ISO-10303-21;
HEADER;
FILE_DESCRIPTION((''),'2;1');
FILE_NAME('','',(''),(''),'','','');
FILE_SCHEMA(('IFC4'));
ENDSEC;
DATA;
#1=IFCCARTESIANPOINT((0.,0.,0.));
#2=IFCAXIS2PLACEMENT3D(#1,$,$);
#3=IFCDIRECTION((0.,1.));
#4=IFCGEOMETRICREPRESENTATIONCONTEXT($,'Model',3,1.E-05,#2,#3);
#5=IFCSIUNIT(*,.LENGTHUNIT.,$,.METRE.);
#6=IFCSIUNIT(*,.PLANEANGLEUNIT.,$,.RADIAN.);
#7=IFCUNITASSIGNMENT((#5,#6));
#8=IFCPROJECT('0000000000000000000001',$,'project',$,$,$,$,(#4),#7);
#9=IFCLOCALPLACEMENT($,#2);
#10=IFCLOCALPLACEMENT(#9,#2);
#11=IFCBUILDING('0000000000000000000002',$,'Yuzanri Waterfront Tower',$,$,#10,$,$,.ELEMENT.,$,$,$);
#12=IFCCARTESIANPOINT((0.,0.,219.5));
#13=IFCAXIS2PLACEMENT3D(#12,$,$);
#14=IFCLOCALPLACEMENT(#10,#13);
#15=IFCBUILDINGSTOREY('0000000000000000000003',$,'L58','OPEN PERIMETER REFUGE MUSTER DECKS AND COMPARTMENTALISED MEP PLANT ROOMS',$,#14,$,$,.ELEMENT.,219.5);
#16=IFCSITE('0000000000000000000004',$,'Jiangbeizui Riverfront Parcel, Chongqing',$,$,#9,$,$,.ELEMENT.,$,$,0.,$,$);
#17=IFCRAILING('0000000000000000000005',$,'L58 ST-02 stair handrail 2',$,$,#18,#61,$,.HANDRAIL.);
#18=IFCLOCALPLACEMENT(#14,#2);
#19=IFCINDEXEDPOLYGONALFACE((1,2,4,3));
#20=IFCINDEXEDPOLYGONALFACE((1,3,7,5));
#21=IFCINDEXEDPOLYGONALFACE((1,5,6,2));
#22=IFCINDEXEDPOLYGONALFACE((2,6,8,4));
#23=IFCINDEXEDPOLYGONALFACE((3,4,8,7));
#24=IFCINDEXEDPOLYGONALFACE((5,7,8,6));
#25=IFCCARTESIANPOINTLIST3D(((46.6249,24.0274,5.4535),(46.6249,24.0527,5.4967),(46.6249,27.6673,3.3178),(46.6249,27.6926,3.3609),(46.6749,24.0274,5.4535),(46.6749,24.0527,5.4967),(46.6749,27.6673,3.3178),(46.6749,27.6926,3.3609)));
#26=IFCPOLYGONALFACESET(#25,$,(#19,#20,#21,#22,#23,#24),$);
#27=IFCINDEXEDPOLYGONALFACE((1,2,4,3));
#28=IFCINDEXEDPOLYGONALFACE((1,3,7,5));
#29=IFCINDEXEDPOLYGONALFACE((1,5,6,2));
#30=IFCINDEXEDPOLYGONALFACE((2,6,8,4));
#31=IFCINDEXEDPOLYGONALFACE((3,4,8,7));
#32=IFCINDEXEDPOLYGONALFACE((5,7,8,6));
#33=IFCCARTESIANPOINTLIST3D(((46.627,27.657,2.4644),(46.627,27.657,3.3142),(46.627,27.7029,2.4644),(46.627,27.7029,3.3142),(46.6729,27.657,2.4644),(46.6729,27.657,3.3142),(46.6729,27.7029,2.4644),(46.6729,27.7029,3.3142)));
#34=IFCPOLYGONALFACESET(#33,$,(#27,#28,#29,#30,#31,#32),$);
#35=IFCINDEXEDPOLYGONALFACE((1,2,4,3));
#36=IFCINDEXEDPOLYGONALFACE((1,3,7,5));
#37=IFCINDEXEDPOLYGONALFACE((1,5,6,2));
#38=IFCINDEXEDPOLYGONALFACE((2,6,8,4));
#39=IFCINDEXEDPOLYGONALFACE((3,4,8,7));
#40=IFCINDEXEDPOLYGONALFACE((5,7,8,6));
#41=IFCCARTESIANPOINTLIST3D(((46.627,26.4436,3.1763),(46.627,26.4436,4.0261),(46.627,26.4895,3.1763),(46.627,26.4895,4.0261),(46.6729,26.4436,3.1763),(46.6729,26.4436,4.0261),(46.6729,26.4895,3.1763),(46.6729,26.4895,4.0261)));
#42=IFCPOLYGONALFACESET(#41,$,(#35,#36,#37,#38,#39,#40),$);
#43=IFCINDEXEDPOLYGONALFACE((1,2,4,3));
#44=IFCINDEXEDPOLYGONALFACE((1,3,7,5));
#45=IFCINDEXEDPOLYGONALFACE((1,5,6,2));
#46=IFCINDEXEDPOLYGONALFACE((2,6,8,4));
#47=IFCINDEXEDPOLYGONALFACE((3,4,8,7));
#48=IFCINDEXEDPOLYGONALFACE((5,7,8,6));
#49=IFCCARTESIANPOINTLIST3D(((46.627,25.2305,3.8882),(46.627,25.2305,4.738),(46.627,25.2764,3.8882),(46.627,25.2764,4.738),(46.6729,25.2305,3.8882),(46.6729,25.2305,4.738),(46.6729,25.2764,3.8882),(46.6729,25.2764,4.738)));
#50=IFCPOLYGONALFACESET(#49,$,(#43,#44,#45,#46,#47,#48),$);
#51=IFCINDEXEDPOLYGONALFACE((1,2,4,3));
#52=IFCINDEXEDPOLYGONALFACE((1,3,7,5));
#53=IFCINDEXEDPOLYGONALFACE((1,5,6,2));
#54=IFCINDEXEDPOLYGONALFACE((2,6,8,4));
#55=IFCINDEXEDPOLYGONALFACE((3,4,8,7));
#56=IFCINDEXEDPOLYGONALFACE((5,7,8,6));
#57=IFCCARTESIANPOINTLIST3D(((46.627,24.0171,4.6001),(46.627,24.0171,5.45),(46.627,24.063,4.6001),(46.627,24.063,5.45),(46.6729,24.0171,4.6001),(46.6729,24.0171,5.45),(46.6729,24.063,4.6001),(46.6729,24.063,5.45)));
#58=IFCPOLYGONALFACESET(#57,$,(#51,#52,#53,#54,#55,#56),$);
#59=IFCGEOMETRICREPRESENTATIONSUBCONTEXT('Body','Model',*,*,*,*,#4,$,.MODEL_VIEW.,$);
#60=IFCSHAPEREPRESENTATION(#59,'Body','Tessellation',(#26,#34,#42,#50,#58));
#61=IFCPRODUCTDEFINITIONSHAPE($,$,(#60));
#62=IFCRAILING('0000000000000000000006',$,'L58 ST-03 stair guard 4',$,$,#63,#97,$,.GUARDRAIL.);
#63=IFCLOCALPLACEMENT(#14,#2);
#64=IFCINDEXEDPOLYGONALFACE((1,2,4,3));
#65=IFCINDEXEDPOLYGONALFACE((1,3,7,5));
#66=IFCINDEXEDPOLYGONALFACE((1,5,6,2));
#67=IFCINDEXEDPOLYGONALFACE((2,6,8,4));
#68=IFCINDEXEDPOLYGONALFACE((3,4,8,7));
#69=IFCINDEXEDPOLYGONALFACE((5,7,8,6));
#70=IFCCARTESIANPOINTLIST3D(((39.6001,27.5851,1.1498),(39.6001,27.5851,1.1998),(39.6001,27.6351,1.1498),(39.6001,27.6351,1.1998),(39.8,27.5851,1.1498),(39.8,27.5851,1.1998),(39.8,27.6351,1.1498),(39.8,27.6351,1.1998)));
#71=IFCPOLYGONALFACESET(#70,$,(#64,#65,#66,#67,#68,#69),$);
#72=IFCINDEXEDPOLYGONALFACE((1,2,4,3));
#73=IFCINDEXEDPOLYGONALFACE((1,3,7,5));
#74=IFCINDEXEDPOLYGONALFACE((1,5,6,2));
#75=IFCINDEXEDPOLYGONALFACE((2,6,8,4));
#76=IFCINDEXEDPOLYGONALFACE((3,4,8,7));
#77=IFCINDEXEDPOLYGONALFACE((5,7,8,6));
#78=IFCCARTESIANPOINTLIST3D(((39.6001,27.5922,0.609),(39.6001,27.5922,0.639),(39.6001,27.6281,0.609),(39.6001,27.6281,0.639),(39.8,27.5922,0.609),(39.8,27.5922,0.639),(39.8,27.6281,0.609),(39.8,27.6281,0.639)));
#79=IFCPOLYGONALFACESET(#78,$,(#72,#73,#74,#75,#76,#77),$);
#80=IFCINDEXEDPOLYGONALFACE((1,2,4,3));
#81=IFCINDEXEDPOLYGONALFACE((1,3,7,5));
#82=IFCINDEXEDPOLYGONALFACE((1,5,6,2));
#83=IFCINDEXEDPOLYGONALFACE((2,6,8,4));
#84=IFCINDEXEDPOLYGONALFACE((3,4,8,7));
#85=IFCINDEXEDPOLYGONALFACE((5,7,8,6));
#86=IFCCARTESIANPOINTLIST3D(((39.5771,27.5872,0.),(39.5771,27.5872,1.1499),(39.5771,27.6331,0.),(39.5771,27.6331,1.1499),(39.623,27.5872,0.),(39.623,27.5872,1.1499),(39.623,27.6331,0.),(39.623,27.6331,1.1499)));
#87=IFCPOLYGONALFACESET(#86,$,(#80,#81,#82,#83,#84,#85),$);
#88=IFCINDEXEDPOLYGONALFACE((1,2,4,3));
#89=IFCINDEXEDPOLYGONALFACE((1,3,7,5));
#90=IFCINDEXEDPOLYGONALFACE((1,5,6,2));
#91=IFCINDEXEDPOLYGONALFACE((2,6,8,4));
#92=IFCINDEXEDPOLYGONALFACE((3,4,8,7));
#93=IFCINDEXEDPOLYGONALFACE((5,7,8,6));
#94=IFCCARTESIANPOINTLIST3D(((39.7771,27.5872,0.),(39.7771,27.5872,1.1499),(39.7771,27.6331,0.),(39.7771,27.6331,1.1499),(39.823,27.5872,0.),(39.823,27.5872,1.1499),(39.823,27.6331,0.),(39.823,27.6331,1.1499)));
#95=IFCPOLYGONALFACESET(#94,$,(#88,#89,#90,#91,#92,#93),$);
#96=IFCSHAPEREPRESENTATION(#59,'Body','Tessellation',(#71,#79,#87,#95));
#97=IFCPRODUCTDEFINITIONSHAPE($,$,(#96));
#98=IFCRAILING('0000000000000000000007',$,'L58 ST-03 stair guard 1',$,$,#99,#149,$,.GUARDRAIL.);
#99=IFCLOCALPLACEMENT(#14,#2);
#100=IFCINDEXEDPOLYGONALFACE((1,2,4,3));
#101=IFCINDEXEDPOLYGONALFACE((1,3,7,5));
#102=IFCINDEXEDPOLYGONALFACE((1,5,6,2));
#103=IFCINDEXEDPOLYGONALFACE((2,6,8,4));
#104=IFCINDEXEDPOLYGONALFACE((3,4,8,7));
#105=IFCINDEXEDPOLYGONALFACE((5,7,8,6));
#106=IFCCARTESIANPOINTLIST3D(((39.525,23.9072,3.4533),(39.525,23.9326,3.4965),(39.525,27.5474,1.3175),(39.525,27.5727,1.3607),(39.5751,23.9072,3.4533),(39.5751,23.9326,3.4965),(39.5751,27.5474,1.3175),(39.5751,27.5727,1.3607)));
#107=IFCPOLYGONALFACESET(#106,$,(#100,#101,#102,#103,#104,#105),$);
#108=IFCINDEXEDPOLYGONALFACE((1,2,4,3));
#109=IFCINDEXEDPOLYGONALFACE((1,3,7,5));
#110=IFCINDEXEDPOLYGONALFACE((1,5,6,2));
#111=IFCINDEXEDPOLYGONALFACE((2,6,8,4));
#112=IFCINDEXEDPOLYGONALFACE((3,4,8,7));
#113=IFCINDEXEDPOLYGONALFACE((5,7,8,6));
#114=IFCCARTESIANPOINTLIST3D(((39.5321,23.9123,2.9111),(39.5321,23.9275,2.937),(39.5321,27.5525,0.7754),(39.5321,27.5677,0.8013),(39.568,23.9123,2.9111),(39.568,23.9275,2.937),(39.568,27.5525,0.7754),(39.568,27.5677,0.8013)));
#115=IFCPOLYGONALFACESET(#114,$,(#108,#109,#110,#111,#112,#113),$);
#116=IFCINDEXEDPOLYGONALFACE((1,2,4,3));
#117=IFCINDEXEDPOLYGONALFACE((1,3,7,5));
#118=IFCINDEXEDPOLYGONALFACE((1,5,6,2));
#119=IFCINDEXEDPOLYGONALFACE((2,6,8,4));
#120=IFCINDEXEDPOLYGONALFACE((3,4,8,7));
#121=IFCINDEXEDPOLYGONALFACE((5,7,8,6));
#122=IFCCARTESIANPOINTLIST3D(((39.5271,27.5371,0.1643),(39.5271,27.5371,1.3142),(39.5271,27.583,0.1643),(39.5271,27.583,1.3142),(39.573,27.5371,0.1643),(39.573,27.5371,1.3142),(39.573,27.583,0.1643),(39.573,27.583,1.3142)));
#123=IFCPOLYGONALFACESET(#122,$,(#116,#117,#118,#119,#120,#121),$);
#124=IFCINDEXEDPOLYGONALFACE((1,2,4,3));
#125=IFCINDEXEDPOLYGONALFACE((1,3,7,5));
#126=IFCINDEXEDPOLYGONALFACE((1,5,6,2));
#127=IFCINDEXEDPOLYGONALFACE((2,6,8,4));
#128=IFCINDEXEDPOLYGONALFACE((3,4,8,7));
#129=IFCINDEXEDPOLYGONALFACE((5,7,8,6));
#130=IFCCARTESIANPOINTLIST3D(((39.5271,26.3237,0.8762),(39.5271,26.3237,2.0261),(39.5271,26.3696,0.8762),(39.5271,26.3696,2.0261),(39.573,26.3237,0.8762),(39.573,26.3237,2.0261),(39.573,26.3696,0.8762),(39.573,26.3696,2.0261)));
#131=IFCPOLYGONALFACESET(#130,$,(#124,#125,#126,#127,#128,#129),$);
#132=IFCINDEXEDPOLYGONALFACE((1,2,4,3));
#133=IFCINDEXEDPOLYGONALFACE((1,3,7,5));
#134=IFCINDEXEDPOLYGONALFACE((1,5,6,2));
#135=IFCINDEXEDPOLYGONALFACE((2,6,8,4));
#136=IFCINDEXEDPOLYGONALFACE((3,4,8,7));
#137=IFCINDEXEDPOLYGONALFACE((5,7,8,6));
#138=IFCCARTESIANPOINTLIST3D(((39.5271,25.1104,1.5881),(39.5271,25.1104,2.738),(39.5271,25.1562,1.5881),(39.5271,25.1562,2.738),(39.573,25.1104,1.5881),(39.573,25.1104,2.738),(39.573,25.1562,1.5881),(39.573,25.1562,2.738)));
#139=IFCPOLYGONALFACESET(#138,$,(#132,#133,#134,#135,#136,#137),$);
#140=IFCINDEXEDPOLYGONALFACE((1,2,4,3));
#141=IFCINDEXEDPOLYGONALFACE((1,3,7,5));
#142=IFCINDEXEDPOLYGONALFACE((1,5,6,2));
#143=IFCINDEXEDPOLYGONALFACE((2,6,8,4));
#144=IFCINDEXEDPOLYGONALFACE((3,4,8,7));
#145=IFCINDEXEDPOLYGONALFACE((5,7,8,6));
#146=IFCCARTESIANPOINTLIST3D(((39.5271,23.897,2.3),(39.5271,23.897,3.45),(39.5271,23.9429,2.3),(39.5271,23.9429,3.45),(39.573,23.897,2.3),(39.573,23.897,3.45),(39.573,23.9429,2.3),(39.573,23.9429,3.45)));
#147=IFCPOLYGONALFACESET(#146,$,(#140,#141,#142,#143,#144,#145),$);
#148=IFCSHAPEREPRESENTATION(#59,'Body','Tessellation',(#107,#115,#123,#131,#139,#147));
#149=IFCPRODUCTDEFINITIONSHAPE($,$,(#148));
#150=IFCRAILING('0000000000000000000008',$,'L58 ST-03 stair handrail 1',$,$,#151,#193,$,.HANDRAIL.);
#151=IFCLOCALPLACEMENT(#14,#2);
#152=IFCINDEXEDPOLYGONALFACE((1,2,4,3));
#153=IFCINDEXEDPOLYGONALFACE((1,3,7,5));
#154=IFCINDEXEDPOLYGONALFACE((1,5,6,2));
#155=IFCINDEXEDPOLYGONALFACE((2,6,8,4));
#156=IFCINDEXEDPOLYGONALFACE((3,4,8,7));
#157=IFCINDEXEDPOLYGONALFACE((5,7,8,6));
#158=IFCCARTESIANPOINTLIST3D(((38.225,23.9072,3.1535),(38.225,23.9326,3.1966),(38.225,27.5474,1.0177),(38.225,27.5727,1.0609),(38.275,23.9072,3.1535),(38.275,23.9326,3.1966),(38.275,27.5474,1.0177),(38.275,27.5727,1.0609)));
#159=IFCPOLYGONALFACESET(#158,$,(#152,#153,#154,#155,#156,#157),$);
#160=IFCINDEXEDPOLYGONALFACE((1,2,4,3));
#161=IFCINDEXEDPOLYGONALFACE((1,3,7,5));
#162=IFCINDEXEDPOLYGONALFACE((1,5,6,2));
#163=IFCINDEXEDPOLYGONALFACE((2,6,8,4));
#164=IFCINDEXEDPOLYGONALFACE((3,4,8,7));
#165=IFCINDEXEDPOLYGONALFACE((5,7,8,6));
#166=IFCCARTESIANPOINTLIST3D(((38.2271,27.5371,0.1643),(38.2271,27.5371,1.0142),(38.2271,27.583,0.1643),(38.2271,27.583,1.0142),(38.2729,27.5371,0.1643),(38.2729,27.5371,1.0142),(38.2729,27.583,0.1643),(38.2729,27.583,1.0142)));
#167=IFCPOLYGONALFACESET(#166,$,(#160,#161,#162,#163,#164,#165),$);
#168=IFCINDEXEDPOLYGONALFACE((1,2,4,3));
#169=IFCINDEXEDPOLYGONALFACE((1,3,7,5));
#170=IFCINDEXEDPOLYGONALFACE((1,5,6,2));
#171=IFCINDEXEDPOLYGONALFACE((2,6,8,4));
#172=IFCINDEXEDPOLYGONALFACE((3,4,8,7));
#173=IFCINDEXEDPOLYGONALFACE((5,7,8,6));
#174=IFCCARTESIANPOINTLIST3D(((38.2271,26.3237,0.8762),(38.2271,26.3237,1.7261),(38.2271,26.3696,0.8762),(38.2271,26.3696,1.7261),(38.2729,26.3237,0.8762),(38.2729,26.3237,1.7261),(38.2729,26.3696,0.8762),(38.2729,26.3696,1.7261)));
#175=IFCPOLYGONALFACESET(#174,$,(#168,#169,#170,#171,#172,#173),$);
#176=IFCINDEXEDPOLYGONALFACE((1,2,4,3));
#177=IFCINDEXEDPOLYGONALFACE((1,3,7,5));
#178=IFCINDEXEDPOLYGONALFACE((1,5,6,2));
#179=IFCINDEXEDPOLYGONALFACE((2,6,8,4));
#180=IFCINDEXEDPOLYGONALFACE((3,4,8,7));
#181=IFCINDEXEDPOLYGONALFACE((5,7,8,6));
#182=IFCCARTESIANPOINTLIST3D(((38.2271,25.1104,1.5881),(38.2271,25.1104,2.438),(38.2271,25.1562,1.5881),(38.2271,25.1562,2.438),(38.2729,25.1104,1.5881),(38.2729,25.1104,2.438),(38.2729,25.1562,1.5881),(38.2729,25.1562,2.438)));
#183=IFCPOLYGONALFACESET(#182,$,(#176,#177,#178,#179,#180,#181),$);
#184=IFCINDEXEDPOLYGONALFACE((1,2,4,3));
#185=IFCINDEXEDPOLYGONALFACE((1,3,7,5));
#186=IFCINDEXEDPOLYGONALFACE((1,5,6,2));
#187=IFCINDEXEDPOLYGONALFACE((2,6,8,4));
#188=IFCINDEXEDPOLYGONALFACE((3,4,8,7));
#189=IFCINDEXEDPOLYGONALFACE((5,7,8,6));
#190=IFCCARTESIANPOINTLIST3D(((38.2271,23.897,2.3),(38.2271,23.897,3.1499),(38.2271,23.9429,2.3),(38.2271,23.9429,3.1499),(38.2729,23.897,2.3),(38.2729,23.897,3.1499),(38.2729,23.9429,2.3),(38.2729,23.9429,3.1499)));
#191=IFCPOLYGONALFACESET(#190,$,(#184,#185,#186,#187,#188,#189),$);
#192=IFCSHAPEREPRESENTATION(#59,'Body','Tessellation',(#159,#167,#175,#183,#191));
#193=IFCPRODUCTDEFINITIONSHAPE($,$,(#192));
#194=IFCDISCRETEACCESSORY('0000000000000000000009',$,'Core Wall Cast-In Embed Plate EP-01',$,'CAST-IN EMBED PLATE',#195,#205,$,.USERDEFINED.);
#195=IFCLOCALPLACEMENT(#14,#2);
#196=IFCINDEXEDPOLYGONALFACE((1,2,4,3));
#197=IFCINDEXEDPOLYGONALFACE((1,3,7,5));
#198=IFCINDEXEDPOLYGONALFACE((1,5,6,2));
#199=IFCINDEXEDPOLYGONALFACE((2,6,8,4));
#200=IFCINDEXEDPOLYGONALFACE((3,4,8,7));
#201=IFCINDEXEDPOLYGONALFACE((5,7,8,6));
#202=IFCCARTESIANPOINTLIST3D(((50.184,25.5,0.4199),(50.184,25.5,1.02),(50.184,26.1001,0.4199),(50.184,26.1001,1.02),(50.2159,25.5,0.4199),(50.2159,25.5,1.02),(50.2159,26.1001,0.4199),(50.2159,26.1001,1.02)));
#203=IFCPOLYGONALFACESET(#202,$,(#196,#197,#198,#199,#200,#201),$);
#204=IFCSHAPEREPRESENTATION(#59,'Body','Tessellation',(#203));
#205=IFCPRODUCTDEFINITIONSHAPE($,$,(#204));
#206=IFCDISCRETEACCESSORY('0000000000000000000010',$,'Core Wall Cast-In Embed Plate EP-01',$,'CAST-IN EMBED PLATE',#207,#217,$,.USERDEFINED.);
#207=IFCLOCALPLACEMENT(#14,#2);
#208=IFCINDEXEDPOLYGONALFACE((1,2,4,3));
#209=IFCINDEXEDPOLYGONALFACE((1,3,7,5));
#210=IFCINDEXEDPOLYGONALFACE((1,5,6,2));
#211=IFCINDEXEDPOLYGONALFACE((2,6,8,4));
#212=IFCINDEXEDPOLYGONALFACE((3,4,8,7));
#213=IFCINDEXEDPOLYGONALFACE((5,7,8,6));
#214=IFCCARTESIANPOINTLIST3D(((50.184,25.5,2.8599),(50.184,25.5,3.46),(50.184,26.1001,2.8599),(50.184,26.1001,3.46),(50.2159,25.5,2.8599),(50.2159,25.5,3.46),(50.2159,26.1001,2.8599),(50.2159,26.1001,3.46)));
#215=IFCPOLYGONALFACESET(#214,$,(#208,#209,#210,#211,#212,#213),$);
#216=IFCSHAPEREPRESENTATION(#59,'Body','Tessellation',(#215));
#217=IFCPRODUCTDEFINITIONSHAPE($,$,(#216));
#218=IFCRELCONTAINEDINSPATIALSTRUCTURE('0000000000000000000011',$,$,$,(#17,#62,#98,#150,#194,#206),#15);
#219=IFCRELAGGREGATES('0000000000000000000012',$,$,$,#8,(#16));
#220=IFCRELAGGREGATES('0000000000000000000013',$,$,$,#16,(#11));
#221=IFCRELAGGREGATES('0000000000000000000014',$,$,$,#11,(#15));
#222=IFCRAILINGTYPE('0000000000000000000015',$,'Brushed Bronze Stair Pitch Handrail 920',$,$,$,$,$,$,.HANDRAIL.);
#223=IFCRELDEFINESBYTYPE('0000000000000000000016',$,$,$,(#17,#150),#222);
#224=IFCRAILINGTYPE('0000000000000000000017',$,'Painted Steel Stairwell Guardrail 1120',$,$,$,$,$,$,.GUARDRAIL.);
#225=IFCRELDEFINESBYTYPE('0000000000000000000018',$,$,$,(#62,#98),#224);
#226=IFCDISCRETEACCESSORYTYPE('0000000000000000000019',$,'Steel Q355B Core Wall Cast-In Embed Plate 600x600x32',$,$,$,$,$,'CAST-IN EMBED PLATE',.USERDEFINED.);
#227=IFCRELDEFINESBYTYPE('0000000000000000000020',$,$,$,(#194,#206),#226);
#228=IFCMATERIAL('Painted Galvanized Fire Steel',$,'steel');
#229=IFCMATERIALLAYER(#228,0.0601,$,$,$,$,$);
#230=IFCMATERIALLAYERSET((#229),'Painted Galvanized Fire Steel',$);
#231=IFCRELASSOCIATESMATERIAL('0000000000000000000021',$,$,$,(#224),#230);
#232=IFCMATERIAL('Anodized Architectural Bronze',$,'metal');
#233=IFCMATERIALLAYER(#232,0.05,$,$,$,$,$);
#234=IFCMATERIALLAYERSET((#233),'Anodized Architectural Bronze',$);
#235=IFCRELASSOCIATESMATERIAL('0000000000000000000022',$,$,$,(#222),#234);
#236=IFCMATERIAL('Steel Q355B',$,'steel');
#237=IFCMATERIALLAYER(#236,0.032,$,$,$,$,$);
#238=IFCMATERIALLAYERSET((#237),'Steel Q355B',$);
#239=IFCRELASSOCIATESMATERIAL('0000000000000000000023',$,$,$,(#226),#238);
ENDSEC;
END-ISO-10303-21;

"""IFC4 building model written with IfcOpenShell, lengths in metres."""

from ifc_helpers import new_model, si_unit, direction, frame, origin, origin_2d, place, context, subcontext, project, spatial, rectangle, extrude, source, transform, mapped, material, layer, layer_set, type_object, element, save


model = new_model("IFC4")

# Units and contexts
model_context = context("Model", 3, precision=1e-05, world=origin(), true_north=direction((0.0, 1.0)))
body_context = subcontext(model_context, "Body", "Model", "MODEL_VIEW")
ifc_project = project(units=[si_unit("LENGTHUNIT", "METRE"), si_unit("PLANEANGLEUNIT", "RADIAN")], contexts=[model_context])

# Site, building, storey
site_placement = place(None, origin())
site = spatial("IfcSite", under=ifc_project, at=site_placement, Name="Jiangbeizui Riverfront Parcel, Chongqing", CompositionType="ELEMENT", RefElevation=0.0)
building_placement = place(site_placement, origin())
building = spatial("IfcBuilding", under=site, at=building_placement, Name="Yuzanri Waterfront Tower", CompositionType="ELEMENT")
storey_placement = place(building_placement, frame((0.0, 0.0, 219.5)))
storey = spatial("IfcBuildingStorey", under=building, at=storey_placement, Name="L58", Description="OPEN PERIMETER REFUGE MUSTER DECKS AND COMPARTMENTALISED MEP PLANT ROOMS", CompositionType="ELEMENT", Elevation=219.5)

# Railings
ifc_material_1 = material(Name="Painted Galvanized Fire Steel", Category="steel")
ifc_layer_1 = layer(ifc_material_1, 0.0601)
ifc_layer_set_1 = layer_set([ifc_layer_1], Name="Painted Galvanized Fire Steel")
railing_type_1 = type_object("IfcRailingType", Name="Painted Steel Stairwell Guardrail 1120", PredefinedType="GUARDRAIL", material=ifc_layer_set_1)
ifc_material_2 = material(Name="Anodized Architectural Bronze", Category="metal")
ifc_layer_2 = layer(ifc_material_2, 0.05)
ifc_layer_set_2 = layer_set([ifc_layer_2], Name="Anodized Architectural Bronze")
railing_type_2 = type_object("IfcRailingType", Name="Brushed Bronze Stair Pitch Handrail 920", PredefinedType="HANDRAIL", material=ifc_layer_set_2)
shared_shape_1 = source(origin(), body_context, "Body", "SweptSolid", [
    extrude(rectangle(XDim=0.05, YDim=0.05, at=origin_2d()), frame((0.0, 0.0, 0.875), z_axis=(0.0, -0.86249, 0.506074), x_axis=(1.0, 0.0, 0.0)), (0.0, 0.0, 1.0), 4.2202),
    extrude(rectangle(XDim=0.0459, YDim=0.0459, at=origin_2d()), origin(), (0.0, 0.0, 1.0), 0.8499),
    extrude(rectangle(XDim=0.0459, YDim=0.0459, at=origin_2d()), frame((0.0, -1.2134, 0.7119)), (0.0, 0.0, 1.0), 0.8499),
    extrude(rectangle(XDim=0.0459, YDim=0.0459, at=origin_2d()), frame((0.0, -2.4265, 1.4238)), (0.0, 0.0, 1.0), 0.8499),
    extrude(rectangle(XDim=0.0459, YDim=0.0459, at=origin_2d()), frame((0.0, -3.6399, 2.1357)), (0.0, 0.0, 1.0), 0.8499),
])
railing_1_placement = place(storey_placement, frame((46.6499, 27.6799, 2.4644)))
element("IfcRailing", 1, at=railing_1_placement, inside=storey, type_object=railing_type_2, Name="L58 ST-02 stair handrail 2", PredefinedType="HANDRAIL", context=body_context, shape_type="MappedRepresentation", body=[
    mapped(shared_shape_1, transform((0.0, 0.0, 0.0), scale=1.0)),
])
shared_shape_2 = source(origin(), body_context, "Body", "SweptSolid", [
    extrude(rectangle(XDim=0.05, YDim=0.05, at=origin_2d()), frame((0.0, 0.0, 1.1748), z_axis=(1.0, 0.0, 0.0), x_axis=(0.0, 1.0, 0.0)), (0.0, 0.0, 1.0), 0.2),
    extrude(rectangle(XDim=0.0359, YDim=0.03, at=origin_2d()), frame((0.0, 0.0, 0.624), z_axis=(1.0, 0.0, 0.0), x_axis=(0.0, 1.0, 0.0)), (0.0, 0.0, 1.0), 0.2),
    extrude(rectangle(XDim=0.0459, YDim=0.0459, at=origin_2d()), origin(), (0.0, 0.0, 1.0), 1.1499),
    extrude(rectangle(XDim=0.0459, YDim=0.0459, at=origin_2d()), frame((0.2, 0.0, 0.0)), (0.0, 0.0, 1.0), 1.1499),
])
railing_2_placement = place(storey_placement, frame((39.6001, 27.6101, 0.0)))
element("IfcRailing", 2, at=railing_2_placement, inside=storey, type_object=railing_type_1, Name="L58 ST-03 stair guard 4", PredefinedType="GUARDRAIL", context=body_context, shape_type="MappedRepresentation", body=[
    mapped(shared_shape_2, transform((0.0, 0.0, 0.0), scale=1.0)),
])
shared_shape_3 = source(origin(), body_context, "Body", "SweptSolid", [
    extrude(rectangle(XDim=0.05, YDim=0.05, at=origin_2d()), frame((0.0, 0.0, 1.1748), z_axis=(0.0, -0.862505, 0.506049), x_axis=(1.0, 0.0, 0.0)), (0.0, 0.0, 1.0), 4.2205),
    extrude(rectangle(XDim=0.0359, YDim=0.03, at=origin_2d()), frame((0.0, 0.0, 0.624), z_axis=(0.0, -0.862505, 0.506049), x_axis=(1.0, 0.0, 0.0)), (0.0, 0.0, 1.0), 4.2205),
    extrude(rectangle(XDim=0.0459, YDim=0.0459, at=origin_2d()), origin(), (0.0, 0.0, 1.0), 1.1499),
    extrude(rectangle(XDim=0.0459, YDim=0.0459, at=origin_2d()), frame((0.0, -1.2134, 0.7119)), (0.0, 0.0, 1.0), 1.1499),
    extrude(rectangle(XDim=0.0459, YDim=0.0459, at=origin_2d()), frame((0.0, -2.4268, 1.4238)), (0.0, 0.0, 1.0), 1.1499),
    extrude(rectangle(XDim=0.0459, YDim=0.0459, at=origin_2d()), frame((0.0, -3.6401, 2.1357)), (0.0, 0.0, 1.0), 1.1499),
])
railing_3_placement = place(storey_placement, frame((39.55, 27.5601, 0.1643)))
element("IfcRailing", 3, at=railing_3_placement, inside=storey, type_object=railing_type_1, Name="L58 ST-03 stair guard 1", PredefinedType="GUARDRAIL", context=body_context, shape_type="MappedRepresentation", body=[
    mapped(shared_shape_3, transform((0.0, 0.0, 0.0), scale=1.0)),
])
shared_shape_4 = source(origin(), body_context, "Body", "SweptSolid", [
    extrude(rectangle(XDim=0.05, YDim=0.05, at=origin_2d()), frame((0.0, 0.0, 0.875), z_axis=(0.0, -0.862505, 0.506049), x_axis=(1.0, 0.0, 0.0)), (0.0, 0.0, 1.0), 4.2205),
    extrude(rectangle(XDim=0.0459, YDim=0.0459, at=origin_2d()), origin(), (0.0, 0.0, 1.0), 0.8499),
    extrude(rectangle(XDim=0.0459, YDim=0.0459, at=origin_2d()), frame((0.0, -1.2134, 0.7119)), (0.0, 0.0, 1.0), 0.8499),
    extrude(rectangle(XDim=0.0459, YDim=0.0459, at=origin_2d()), frame((0.0, -2.4268, 1.4238)), (0.0, 0.0, 1.0), 0.8499),
    extrude(rectangle(XDim=0.0459, YDim=0.0459, at=origin_2d()), frame((0.0, -3.6401, 2.1357)), (0.0, 0.0, 1.0), 0.8499),
])
railing_4_placement = place(storey_placement, frame((38.25, 27.5601, 0.1643)))
element("IfcRailing", 4, at=railing_4_placement, inside=storey, type_object=railing_type_2, Name="L58 ST-03 stair handrail 1", PredefinedType="HANDRAIL", context=body_context, shape_type="MappedRepresentation", body=[
    mapped(shared_shape_4, transform((0.0, 0.0, 0.0), scale=1.0)),
])

# Discrete accessories
ifc_material_3 = material(Name="Steel Q355B", Category="steel")
ifc_layer_3 = layer(ifc_material_3, 0.032)
ifc_layer_set_3 = layer_set([ifc_layer_3], Name="Steel Q355B")
discrete_accessory_type = type_object("IfcDiscreteAccessoryType", Name="Steel Q355B Core Wall Cast-In Embed Plate 600x600x32", ElementType="CAST-IN EMBED PLATE", PredefinedType="USERDEFINED", material=ifc_layer_set_3)
shared_shape_5 = source(origin(), body_context, "Body", "SweptSolid", [
    extrude(rectangle(XDim=0.6001, YDim=0.032, at=origin_2d()), origin(), (0.0, 0.0, 1.0), 0.6001),
])
for number, where, z_axis, x_axis, name in (
    (5, (50.2, 25.8, 0.4199), (0.0, 0.0, 1.0), (0.0, 1.0, 0.0), "Core Wall Cast-In Embed Plate EP-01"),
    (6, (50.2, 25.8, 2.8599), (0.0, 0.0, 1.0), (0.0, 1.0, 0.0), "Core Wall Cast-In Embed Plate EP-01"),
):
    element("IfcDiscreteAccessory", number, at=place(storey_placement, frame(where, z_axis=z_axis, x_axis=x_axis)), inside=storey, type_object=discrete_accessory_type, Name=name, ObjectType="CAST-IN EMBED PLATE", PredefinedType="USERDEFINED", context=body_context, shape_type="MappedRepresentation", body=[
        mapped(shared_shape_5, transform((0.0, 0.0, 0.0), scale=1.0)),
    ])

save(model, "model.ifc")
